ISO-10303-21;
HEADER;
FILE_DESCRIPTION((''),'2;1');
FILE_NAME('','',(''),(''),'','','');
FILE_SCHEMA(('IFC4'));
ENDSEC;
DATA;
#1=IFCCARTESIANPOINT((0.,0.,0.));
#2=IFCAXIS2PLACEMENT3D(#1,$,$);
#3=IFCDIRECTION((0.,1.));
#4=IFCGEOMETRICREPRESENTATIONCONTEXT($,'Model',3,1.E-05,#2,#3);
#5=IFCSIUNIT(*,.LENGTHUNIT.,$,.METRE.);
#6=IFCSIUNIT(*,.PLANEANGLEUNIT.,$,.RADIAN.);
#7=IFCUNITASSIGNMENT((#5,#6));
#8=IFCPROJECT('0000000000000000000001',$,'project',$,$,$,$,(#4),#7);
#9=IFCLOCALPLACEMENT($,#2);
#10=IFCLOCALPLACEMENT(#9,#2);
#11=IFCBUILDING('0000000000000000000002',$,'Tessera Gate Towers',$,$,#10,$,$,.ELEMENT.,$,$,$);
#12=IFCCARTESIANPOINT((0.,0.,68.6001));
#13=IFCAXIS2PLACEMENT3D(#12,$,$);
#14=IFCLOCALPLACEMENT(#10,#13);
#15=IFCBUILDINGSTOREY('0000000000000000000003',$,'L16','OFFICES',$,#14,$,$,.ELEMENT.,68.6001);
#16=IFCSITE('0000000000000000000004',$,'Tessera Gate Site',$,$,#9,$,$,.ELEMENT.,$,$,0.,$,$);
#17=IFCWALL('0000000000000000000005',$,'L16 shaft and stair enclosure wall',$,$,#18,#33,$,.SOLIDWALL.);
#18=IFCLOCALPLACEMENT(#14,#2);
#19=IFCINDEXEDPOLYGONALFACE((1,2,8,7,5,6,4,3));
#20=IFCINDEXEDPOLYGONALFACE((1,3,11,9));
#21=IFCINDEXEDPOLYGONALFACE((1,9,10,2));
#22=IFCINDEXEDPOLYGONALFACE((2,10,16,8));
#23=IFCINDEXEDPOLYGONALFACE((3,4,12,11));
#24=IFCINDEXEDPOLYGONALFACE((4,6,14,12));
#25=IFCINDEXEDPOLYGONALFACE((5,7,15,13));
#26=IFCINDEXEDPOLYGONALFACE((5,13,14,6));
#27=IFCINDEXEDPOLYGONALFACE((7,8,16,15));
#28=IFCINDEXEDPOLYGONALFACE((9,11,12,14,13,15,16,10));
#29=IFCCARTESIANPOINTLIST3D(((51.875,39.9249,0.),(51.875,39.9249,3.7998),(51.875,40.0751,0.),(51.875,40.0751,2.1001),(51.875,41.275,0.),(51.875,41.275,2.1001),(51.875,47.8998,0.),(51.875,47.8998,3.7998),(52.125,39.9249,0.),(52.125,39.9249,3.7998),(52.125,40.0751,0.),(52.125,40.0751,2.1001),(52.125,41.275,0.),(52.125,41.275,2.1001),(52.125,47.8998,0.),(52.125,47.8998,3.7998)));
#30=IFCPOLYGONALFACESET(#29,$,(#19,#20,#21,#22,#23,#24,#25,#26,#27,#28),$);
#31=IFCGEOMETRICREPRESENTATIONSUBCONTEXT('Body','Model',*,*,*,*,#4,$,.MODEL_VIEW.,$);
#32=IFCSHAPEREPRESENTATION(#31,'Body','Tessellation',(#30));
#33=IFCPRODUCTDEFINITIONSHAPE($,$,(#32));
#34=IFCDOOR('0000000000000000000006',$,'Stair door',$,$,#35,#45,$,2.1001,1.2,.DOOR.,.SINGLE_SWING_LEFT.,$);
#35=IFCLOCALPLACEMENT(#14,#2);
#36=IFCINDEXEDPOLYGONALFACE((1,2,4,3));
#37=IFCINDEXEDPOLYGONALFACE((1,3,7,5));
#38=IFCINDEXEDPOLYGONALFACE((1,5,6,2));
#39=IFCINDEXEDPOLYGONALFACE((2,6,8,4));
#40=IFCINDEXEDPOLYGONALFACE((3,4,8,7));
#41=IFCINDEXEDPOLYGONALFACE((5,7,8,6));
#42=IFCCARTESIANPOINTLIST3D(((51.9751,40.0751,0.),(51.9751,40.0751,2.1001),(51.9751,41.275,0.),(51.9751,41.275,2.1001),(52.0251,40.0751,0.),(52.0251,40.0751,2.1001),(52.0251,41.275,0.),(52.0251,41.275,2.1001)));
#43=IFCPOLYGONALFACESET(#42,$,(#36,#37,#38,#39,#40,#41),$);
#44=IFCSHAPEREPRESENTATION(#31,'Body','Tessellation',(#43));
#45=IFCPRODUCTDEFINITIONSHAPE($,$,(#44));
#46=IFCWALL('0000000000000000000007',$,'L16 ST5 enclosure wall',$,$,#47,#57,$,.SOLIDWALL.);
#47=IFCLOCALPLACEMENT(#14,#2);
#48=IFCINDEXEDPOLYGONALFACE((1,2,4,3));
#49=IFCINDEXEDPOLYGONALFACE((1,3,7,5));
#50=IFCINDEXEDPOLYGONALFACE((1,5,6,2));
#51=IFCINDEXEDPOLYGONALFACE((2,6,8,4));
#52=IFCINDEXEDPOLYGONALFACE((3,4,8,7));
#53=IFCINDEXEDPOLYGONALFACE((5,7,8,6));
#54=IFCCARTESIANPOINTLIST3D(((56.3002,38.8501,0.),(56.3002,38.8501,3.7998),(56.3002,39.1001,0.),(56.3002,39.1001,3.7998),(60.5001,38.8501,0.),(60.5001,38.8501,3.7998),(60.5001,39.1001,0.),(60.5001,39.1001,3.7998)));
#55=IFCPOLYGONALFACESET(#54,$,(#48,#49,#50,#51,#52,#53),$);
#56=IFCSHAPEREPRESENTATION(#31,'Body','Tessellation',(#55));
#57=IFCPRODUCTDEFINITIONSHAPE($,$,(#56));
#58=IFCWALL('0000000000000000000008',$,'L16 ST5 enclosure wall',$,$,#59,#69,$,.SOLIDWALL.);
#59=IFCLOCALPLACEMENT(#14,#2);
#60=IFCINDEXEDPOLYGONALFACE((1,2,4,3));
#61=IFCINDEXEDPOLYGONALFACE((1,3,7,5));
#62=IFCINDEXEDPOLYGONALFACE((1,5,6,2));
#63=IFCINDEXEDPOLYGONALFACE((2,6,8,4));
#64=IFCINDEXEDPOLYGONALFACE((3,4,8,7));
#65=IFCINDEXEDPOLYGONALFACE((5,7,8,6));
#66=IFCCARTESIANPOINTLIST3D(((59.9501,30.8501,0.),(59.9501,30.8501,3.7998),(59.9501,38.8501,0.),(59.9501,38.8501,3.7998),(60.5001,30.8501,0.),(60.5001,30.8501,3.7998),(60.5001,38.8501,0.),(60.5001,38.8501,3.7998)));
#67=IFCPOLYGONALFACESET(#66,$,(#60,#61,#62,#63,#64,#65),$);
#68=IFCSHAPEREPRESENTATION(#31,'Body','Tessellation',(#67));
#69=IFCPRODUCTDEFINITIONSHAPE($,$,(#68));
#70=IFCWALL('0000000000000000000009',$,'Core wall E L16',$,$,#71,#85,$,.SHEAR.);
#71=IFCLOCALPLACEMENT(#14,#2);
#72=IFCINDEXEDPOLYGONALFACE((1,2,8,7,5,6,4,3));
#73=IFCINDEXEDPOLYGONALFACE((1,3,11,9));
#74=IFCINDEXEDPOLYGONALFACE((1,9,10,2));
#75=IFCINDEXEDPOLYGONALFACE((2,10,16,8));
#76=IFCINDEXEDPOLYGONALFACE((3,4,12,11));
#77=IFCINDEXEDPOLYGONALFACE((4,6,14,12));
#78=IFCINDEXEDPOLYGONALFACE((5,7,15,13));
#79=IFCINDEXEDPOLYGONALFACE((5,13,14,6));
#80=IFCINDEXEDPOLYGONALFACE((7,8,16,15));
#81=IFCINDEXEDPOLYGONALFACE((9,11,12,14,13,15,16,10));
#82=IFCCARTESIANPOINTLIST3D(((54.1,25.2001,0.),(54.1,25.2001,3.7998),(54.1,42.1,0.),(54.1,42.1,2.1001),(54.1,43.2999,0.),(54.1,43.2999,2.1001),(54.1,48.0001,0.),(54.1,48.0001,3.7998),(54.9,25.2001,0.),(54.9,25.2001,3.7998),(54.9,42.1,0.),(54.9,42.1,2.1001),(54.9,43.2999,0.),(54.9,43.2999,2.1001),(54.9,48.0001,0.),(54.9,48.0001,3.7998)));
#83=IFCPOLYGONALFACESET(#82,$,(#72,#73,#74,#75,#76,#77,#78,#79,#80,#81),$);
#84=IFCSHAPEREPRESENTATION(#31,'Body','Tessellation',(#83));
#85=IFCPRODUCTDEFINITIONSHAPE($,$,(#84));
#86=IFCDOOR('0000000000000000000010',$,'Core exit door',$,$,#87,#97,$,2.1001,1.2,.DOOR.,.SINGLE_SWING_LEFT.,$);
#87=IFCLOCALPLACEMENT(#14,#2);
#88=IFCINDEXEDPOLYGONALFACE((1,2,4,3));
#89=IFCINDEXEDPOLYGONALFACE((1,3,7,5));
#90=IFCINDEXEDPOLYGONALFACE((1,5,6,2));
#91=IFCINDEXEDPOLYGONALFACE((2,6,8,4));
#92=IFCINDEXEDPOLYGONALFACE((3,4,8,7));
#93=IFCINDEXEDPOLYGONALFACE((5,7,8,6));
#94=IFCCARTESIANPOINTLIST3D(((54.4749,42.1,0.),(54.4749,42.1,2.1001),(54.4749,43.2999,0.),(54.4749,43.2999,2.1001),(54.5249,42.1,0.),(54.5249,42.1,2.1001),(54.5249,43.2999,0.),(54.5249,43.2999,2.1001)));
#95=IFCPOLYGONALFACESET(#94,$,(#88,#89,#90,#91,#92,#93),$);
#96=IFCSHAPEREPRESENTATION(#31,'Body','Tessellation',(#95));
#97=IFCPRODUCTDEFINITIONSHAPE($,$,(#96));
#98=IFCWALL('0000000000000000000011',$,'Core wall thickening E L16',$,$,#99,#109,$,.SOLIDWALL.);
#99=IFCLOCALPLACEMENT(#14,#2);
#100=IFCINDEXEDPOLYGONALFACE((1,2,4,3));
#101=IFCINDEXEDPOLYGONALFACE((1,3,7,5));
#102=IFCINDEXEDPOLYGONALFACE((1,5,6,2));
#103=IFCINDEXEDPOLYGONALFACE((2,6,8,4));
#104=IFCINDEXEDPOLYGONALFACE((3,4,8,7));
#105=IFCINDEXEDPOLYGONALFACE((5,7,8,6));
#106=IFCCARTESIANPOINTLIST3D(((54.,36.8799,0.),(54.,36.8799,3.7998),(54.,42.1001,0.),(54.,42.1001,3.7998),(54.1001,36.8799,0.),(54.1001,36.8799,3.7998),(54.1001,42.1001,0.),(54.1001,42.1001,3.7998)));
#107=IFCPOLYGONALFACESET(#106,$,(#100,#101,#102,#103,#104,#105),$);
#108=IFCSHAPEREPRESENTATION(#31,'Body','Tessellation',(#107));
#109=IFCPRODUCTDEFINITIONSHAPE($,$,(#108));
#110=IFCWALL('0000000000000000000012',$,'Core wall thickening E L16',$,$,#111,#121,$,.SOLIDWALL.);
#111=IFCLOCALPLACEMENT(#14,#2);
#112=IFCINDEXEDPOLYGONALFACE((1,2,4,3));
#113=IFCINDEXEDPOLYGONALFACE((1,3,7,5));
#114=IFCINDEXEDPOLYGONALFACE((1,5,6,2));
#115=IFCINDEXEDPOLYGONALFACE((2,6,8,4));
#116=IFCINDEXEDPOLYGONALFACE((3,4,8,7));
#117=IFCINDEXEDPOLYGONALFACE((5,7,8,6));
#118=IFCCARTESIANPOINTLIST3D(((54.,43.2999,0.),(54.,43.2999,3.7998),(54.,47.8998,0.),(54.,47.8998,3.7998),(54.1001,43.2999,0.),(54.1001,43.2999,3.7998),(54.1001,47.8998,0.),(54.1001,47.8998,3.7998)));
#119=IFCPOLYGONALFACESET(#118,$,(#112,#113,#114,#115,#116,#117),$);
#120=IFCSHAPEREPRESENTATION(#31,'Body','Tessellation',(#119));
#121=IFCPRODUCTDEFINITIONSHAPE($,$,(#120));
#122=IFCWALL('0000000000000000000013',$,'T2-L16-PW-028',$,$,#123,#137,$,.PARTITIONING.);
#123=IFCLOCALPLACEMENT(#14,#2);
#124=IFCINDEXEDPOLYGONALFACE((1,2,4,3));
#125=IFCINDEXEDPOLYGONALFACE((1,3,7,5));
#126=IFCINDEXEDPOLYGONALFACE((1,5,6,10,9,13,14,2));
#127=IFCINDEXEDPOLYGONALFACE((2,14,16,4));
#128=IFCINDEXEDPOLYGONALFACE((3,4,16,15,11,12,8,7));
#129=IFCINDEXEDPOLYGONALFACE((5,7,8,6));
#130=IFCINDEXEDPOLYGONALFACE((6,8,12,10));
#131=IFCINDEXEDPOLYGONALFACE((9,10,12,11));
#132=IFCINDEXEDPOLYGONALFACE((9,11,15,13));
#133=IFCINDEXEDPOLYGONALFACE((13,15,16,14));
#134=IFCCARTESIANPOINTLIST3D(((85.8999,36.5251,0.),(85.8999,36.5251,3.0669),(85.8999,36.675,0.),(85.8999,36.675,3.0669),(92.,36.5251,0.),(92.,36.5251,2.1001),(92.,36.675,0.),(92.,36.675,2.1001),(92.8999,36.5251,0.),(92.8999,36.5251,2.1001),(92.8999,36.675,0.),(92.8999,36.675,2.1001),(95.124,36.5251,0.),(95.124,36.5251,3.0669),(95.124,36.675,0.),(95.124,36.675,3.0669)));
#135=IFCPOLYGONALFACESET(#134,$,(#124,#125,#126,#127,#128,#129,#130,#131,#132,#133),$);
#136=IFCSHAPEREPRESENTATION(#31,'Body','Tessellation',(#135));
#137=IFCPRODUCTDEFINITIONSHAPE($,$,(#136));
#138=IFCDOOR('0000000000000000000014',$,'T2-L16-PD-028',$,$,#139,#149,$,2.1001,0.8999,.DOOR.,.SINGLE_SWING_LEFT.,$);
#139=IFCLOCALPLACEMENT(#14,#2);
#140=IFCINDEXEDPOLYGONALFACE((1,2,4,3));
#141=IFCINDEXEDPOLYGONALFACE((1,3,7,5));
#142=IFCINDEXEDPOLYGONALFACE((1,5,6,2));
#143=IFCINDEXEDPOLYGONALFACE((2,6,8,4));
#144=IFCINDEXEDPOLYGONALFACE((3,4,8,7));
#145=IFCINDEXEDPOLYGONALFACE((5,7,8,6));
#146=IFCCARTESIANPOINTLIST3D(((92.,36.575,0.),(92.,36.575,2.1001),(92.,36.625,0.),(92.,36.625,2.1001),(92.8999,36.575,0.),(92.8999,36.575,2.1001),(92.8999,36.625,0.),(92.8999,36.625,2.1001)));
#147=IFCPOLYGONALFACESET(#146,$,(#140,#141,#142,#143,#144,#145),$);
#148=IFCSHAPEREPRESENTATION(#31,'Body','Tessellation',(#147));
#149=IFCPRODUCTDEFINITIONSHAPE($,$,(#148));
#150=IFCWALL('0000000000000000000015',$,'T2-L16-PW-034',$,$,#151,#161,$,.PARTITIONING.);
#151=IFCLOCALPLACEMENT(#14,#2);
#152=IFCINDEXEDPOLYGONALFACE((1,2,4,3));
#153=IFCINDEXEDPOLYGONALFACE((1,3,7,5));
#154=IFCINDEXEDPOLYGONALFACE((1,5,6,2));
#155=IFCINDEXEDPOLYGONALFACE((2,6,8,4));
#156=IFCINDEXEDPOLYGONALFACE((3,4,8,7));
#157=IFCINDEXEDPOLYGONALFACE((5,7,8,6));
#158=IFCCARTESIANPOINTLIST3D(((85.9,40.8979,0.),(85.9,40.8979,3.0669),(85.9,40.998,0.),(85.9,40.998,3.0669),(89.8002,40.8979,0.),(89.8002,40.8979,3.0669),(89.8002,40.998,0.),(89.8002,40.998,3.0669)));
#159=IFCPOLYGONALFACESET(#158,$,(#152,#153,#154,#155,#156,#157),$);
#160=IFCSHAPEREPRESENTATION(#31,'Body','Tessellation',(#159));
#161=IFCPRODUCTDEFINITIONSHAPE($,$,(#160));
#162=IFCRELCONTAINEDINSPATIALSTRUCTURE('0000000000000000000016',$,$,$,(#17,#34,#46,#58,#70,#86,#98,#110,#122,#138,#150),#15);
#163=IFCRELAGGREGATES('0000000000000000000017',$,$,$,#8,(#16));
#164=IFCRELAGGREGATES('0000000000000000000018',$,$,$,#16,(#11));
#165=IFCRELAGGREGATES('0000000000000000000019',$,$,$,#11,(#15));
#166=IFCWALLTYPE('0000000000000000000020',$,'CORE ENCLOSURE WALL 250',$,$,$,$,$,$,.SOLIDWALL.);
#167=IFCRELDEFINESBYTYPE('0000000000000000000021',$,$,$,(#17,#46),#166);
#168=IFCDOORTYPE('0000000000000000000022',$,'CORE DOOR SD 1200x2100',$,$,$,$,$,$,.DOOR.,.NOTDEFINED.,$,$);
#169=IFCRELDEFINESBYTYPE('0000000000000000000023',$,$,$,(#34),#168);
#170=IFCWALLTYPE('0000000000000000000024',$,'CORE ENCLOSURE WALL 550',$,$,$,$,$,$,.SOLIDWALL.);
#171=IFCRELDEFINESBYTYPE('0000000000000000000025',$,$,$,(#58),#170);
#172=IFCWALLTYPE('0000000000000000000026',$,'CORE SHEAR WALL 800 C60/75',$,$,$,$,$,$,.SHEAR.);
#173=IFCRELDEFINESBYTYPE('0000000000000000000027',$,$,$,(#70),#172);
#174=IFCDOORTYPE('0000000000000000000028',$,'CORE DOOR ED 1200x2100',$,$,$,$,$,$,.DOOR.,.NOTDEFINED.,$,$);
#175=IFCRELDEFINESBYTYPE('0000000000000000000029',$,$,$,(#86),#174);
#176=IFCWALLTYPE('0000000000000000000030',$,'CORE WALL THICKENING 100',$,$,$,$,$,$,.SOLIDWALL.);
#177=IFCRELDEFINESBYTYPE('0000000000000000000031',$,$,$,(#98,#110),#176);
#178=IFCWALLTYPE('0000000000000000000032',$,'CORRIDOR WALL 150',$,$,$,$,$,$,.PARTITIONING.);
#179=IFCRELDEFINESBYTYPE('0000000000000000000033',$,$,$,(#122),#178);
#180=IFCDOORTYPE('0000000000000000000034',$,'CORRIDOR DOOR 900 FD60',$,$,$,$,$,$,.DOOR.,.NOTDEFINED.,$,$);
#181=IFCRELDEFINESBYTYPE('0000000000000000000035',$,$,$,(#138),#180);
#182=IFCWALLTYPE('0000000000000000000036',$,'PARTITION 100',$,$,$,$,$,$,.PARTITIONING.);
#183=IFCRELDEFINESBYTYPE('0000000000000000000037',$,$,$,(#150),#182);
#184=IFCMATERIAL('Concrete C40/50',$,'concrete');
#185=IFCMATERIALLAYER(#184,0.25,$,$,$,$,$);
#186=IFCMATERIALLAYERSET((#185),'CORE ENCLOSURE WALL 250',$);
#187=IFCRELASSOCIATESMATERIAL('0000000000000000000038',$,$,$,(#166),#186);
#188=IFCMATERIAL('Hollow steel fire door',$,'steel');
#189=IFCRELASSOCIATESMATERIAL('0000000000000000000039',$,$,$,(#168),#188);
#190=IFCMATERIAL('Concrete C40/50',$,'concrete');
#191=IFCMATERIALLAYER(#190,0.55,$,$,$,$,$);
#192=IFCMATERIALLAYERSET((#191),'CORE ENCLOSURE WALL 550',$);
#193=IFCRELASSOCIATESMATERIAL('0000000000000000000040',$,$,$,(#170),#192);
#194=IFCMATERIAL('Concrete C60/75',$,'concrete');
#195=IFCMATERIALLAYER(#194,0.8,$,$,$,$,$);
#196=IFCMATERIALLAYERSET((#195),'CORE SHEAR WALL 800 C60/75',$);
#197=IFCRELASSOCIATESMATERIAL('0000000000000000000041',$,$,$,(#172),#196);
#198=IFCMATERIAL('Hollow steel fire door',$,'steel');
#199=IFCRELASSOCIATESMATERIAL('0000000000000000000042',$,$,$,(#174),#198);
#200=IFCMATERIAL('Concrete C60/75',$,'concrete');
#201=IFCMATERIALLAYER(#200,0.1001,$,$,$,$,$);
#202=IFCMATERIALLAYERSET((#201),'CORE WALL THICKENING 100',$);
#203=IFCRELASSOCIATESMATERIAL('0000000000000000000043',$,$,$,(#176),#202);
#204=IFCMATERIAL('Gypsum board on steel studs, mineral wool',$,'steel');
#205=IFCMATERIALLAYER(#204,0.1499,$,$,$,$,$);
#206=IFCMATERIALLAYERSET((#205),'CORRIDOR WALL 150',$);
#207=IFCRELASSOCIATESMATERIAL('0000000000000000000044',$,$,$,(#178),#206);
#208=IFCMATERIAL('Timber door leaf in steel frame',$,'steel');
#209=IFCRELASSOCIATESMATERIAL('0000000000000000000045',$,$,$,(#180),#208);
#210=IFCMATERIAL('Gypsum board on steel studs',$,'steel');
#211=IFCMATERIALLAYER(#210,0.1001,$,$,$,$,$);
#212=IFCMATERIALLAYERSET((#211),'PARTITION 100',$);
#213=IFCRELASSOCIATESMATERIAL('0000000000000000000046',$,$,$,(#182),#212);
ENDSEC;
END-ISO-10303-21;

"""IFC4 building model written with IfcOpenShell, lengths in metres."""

from ifc_helpers import new_model, si_unit, direction, frame, frame_2d, origin, place, context, subcontext, project, spatial, rectangle, extrude, source, transform, mapped, material, layer, layer_set, type_object, element, fill, save


model = new_model("IFC4")

# Units and contexts
model_context = context("Model", 3, precision=1e-05, world=origin(), true_north=direction((0.0, 1.0)))
body_context = subcontext(model_context, "Body", "Model", "MODEL_VIEW")
ifc_project = project(units=[si_unit("LENGTHUNIT", "METRE"), si_unit("PLANEANGLEUNIT", "RADIAN")], contexts=[model_context])

# Site, building, storey
site_placement = place(None, origin())
site = spatial("IfcSite", under=ifc_project, at=site_placement, Name="Tessera Gate Site", CompositionType="ELEMENT", RefElevation=0.0)
building_placement = place(site_placement, origin())
building = spatial("IfcBuilding", under=site, at=building_placement, Name="Tessera Gate Towers", CompositionType="ELEMENT")
storey_placement = place(building_placement, frame((0.0, 0.0, 68.6001)))
storey = spatial("IfcBuildingStorey", under=building, at=storey_placement, Name="L16", Description="OFFICES", CompositionType="ELEMENT", Elevation=68.6001)

# Wall, opening, door
ifc_material_1 = material(Name="Concrete C40/50", Category="concrete")
ifc_layer_1 = layer(ifc_material_1, 0.25)
ifc_layer_set_1 = layer_set([ifc_layer_1], Name="CORE ENCLOSURE WALL 250")
wall_type_1 = type_object("IfcWallType", Name="CORE ENCLOSURE WALL 250", PredefinedType="SOLIDWALL", material=ifc_layer_set_1)
wall_1_placement = place(storey_placement, frame((52.0, 39.925, 0.0), z_axis=(0.0, 0.0, 1.0), x_axis=(0.0, 1.0, 0.0)))
wall_1 = element("IfcWall", 1, at=wall_1_placement, inside=storey, type_object=wall_type_1, Name="L16 shaft and stair enclosure wall", PredefinedType="SOLIDWALL", context=body_context, shape_type="SweptSolid", body=[
    extrude(rectangle(XDim=7.9749, YDim=0.25, at=frame_2d((3.9873, 0.0))), origin(), (0.0, 0.0, 1.0), 3.7998),
])
shared_shape_1 = source(origin(), body_context, "Body", "SweptSolid", [
    extrude(rectangle(XDim=1.2, YDim=2.1001, at=frame_2d((0.6001, 1.05))), frame((0.0, 0.135, 0.0), z_axis=(0.0, -1.0, 0.0), x_axis=(1.0, 0.0, 0.0)), (0.0, 0.0, 1.0), 0.27),
])
opening_1_placement = place(wall_1_placement, frame((0.1499, 0.0, 0.0)))
opening_1 = element("IfcOpeningElement", 2, at=opening_1_placement, cuts=wall_1, PredefinedType="OPENING", context=body_context, shape_type="MappedRepresentation", body=[
    mapped(shared_shape_1, transform((0.0, 0.0, 0.0), scale=1.0)),
])
ifc_material_2 = material(Name="Hollow steel fire door", Category="steel")
door_type_1 = type_object("IfcDoorType", Name="CORE DOOR SD 1200x2100", OperationType="NOTDEFINED", PredefinedType="DOOR", material=ifc_material_2)
shared_shape_2 = source(origin(), body_context, "Body", "SweptSolid", [
    extrude(rectangle(XDim=1.2, YDim=2.1001, at=frame_2d((0.6001, 1.05))), frame((0.0, 0.0249, 0.0), z_axis=(0.0, -1.0, 0.0), x_axis=(1.0, 0.0, 0.0)), (0.0, 0.0, 1.0), 0.05),
])
door_1_placement = place(opening_1_placement, origin())
door_1 = element("IfcDoor", 3, at=door_1_placement, inside=storey, type_object=door_type_1, Name="Stair door", OperationType="SINGLE_SWING_LEFT", OverallHeight=2.1001, OverallWidth=1.2, PredefinedType="DOOR", context=body_context, shape_type="MappedRepresentation", body=[
    mapped(shared_shape_2, transform((0.0, 0.0, 0.0), scale=1.0)),
])
fill(opening_1, door_1)

# Walls
wall_2_placement = place(storey_placement, frame((56.3, 38.9751, 0.0), z_axis=(0.0, 0.0, 1.0), x_axis=(1.0, 0.0, 0.0)))
element("IfcWall", 4, at=wall_2_placement, inside=storey, type_object=wall_type_1, Name="L16 ST5 enclosure wall", PredefinedType="SOLIDWALL", context=body_context, shape_type="SweptSolid", body=[
    extrude(rectangle(XDim=4.2, YDim=0.25, at=frame_2d((2.1001, 0.0))), origin(), (0.0, 0.0, 1.0), 3.7998),
])
ifc_material_3 = material(Name="Concrete C40/50", Category="concrete")
ifc_layer_2 = layer(ifc_material_3, 0.55)
ifc_layer_set_2 = layer_set([ifc_layer_2], Name="CORE ENCLOSURE WALL 550")
wall_type_2 = type_object("IfcWallType", Name="CORE ENCLOSURE WALL 550", PredefinedType="SOLIDWALL", material=ifc_layer_set_2)
wall_3_placement = place(storey_placement, frame((60.2251, 38.8501, 0.0), z_axis=(0.0, 0.0, 1.0), x_axis=(0.0, -1.0, 0.0)))
element("IfcWall", 5, at=wall_3_placement, inside=storey, type_object=wall_type_2, Name="L16 ST5 enclosure wall", PredefinedType="SOLIDWALL", context=body_context, shape_type="SweptSolid", body=[
    extrude(rectangle(XDim=8.0, YDim=0.55, at=frame_2d((4.0, 0.0))), origin(), (0.0, 0.0, 1.0), 3.7998),
])

# Wall, opening, door
ifc_material_4 = material(Name="Concrete C60/75", Category="concrete")
ifc_layer_3 = layer(ifc_material_4, 0.8)
ifc_layer_set_3 = layer_set([ifc_layer_3], Name="CORE SHEAR WALL 800 C60/75")
wall_type_3 = type_object("IfcWallType", Name="CORE SHEAR WALL 800 C60/75", PredefinedType="SHEAR", material=ifc_layer_set_3)
wall_4_placement = place(storey_placement, frame((54.5, 48.0, 0.0), z_axis=(0.0, 0.0, 1.0), x_axis=(0.0, -1.0, 0.0)))
wall_4 = element("IfcWall", 6, at=wall_4_placement, inside=storey, type_object=wall_type_3, Name="Core wall E L16", PredefinedType="SHEAR", context=body_context, shape_type="SweptSolid", body=[
    extrude(rectangle(XDim=22.8, YDim=0.8, at=frame_2d((11.3999, 0.0))), origin(), (0.0, 0.0, 1.0), 3.7998),
])
shared_shape_3 = source(origin(), body_context, "Body", "SweptSolid", [
    extrude(rectangle(XDim=1.2, YDim=2.1001, at=frame_2d((0.6001, 1.05))), frame((0.0, 0.4099, 0.0), z_axis=(0.0, -1.0, 0.0), x_axis=(1.0, 0.0, 0.0)), (0.0, 0.0, 1.0), 0.8201),
])
opening_2_placement = place(wall_4_placement, frame((4.7, 0.0, 0.0)))
opening_2 = element("IfcOpeningElement", 7, at=opening_2_placement, cuts=wall_4, PredefinedType="OPENING", context=body_context, shape_type="MappedRepresentation", body=[
    mapped(shared_shape_3, transform((0.0, 0.0, 0.0), scale=1.0)),
])
ifc_material_5 = material(Name="Hollow steel fire door", Category="steel")
door_type_2 = type_object("IfcDoorType", Name="CORE DOOR ED 1200x2100", OperationType="NOTDEFINED", PredefinedType="DOOR", material=ifc_material_5)
door_2_placement = place(opening_2_placement, origin())
door_2 = element("IfcDoor", 8, at=door_2_placement, inside=storey, type_object=door_type_2, Name="Core exit door", OperationType="SINGLE_SWING_LEFT", OverallHeight=2.1001, OverallWidth=1.2, PredefinedType="DOOR", context=body_context, shape_type="MappedRepresentation", body=[
    mapped(shared_shape_2, transform((0.0, 0.0, 0.0), scale=1.0)),
])
fill(opening_2, door_2)

# Walls
ifc_material_6 = material(Name="Concrete C60/75", Category="concrete")
ifc_layer_4 = layer(ifc_material_6, 0.1001)
ifc_layer_set_4 = layer_set([ifc_layer_4], Name="CORE WALL THICKENING 100")
wall_type_4 = type_object("IfcWallType", Name="CORE WALL THICKENING 100", PredefinedType="SOLIDWALL", material=ifc_layer_set_4)
wall_5_placement = place(storey_placement, frame((54.05, 36.8799, 0.0), z_axis=(0.0, 0.0, 1.0), x_axis=(0.0, 1.0, 0.0)))
element("IfcWall", 9, at=wall_5_placement, inside=storey, type_object=wall_type_4, Name="Core wall thickening E L16", PredefinedType="SOLIDWALL", context=body_context, shape_type="SweptSolid", body=[
    extrude(rectangle(XDim=5.2202, YDim=0.1001, at=frame_2d((2.6101, 0.0))), origin(), (0.0, 0.0, 1.0), 3.7998),
])
wall_6_placement = place(storey_placement, frame((54.05, 43.3, 0.0), z_axis=(0.0, 0.0, 1.0), x_axis=(0.0, 1.0, 0.0)))
element("IfcWall", 10, at=wall_6_placement, inside=storey, type_object=wall_type_4, Name="Core wall thickening E L16", PredefinedType="SOLIDWALL", context=body_context, shape_type="SweptSolid", body=[
    extrude(rectangle(XDim=4.5999, YDim=0.1001, at=frame_2d((2.2998, 0.0))), origin(), (0.0, 0.0, 1.0), 3.7998),
])

# Wall, opening, door
ifc_material_7 = material(Name="Gypsum board on steel studs, mineral wool", Category="steel")
ifc_layer_5 = layer(ifc_material_7, 0.1499)
ifc_layer_set_5 = layer_set([ifc_layer_5], Name="CORRIDOR WALL 150")
wall_type_5 = type_object("IfcWallType", Name="CORRIDOR WALL 150", PredefinedType="PARTITIONING", material=ifc_layer_set_5)
wall_7_placement = place(storey_placement, frame((85.8999, 36.6001, 0.0), z_axis=(0.0, 0.0, 1.0), x_axis=(1.0, 0.0, 0.0)))
wall_7 = element("IfcWall", 11, at=wall_7_placement, inside=storey, type_object=wall_type_5, Name="T2-L16-PW-028", PredefinedType="PARTITIONING", context=body_context, shape_type="SweptSolid", body=[
    extrude(rectangle(XDim=9.2241, YDim=0.1499, at=frame_2d((4.6121, 0.0))), origin(), (0.0, 0.0, 1.0), 3.0669),
])
shared_shape_4 = source(origin(), body_context, "Body", "SweptSolid", [
    extrude(rectangle(XDim=0.8999, YDim=2.1001, at=frame_2d((0.45, 1.05))), frame((0.0, 0.085, 0.0), z_axis=(0.0, -1.0, 0.0), x_axis=(1.0, 0.0, 0.0)), (0.0, 0.0, 1.0), 0.1699),
])
opening_3_placement = place(wall_7_placement, frame((6.1001, 0.0, 0.0)))
opening_3 = element("IfcOpeningElement", 12, at=opening_3_placement, cuts=wall_7, PredefinedType="OPENING", context=body_context, shape_type="MappedRepresentation", body=[
    mapped(shared_shape_4, transform((0.0, 0.0, 0.0), scale=1.0)),
])
ifc_material_8 = material(Name="Timber door leaf in steel frame", Category="steel")
door_type_3 = type_object("IfcDoorType", Name="CORRIDOR DOOR 900 FD60", OperationType="NOTDEFINED", PredefinedType="DOOR", material=ifc_material_8)
shared_shape_5 = source(origin(), body_context, "Body", "SweptSolid", [
    extrude(rectangle(XDim=0.8999, YDim=2.1001, at=frame_2d((0.45, 1.05))), frame((0.0, 0.0249, 0.0), z_axis=(0.0, -1.0, 0.0), x_axis=(1.0, 0.0, 0.0)), (0.0, 0.0, 1.0), 0.05),
])
door_3_placement = place(opening_3_placement, origin())
door_3 = element("IfcDoor", 13, at=door_3_placement, inside=storey, type_object=door_type_3, Name="T2-L16-PD-028", OperationType="SINGLE_SWING_LEFT", OverallHeight=2.1001, OverallWidth=0.8999, PredefinedType="DOOR", context=body_context, shape_type="MappedRepresentation", body=[
    mapped(shared_shape_5, transform((0.0, 0.0, 0.0), scale=1.0)),
])
fill(opening_3, door_3)

# Wall
ifc_material_9 = material(Name="Gypsum board on steel studs", Category="steel")
ifc_layer_6 = layer(ifc_material_9, 0.1001)
ifc_layer_set_6 = layer_set([ifc_layer_6], Name="PARTITION 100")
wall_type_6 = type_object("IfcWallType", Name="PARTITION 100", PredefinedType="PARTITIONING", material=ifc_layer_set_6)
wall_8_placement = place(storey_placement, frame((85.8999, 40.948, 0.0), z_axis=(0.0, 0.0, 1.0), x_axis=(1.0, 0.0, 0.0)))
element("IfcWall", 14, at=wall_8_placement, inside=storey, type_object=wall_type_6, Name="T2-L16-PW-034", PredefinedType="PARTITIONING", context=body_context, shape_type="SweptSolid", body=[
    extrude(rectangle(XDim=3.9001, YDim=0.1001, at=frame_2d((1.9502, 0.0))), origin(), (0.0, 0.0, 1.0), 3.0669),
])

save(model, "model.ifc")
